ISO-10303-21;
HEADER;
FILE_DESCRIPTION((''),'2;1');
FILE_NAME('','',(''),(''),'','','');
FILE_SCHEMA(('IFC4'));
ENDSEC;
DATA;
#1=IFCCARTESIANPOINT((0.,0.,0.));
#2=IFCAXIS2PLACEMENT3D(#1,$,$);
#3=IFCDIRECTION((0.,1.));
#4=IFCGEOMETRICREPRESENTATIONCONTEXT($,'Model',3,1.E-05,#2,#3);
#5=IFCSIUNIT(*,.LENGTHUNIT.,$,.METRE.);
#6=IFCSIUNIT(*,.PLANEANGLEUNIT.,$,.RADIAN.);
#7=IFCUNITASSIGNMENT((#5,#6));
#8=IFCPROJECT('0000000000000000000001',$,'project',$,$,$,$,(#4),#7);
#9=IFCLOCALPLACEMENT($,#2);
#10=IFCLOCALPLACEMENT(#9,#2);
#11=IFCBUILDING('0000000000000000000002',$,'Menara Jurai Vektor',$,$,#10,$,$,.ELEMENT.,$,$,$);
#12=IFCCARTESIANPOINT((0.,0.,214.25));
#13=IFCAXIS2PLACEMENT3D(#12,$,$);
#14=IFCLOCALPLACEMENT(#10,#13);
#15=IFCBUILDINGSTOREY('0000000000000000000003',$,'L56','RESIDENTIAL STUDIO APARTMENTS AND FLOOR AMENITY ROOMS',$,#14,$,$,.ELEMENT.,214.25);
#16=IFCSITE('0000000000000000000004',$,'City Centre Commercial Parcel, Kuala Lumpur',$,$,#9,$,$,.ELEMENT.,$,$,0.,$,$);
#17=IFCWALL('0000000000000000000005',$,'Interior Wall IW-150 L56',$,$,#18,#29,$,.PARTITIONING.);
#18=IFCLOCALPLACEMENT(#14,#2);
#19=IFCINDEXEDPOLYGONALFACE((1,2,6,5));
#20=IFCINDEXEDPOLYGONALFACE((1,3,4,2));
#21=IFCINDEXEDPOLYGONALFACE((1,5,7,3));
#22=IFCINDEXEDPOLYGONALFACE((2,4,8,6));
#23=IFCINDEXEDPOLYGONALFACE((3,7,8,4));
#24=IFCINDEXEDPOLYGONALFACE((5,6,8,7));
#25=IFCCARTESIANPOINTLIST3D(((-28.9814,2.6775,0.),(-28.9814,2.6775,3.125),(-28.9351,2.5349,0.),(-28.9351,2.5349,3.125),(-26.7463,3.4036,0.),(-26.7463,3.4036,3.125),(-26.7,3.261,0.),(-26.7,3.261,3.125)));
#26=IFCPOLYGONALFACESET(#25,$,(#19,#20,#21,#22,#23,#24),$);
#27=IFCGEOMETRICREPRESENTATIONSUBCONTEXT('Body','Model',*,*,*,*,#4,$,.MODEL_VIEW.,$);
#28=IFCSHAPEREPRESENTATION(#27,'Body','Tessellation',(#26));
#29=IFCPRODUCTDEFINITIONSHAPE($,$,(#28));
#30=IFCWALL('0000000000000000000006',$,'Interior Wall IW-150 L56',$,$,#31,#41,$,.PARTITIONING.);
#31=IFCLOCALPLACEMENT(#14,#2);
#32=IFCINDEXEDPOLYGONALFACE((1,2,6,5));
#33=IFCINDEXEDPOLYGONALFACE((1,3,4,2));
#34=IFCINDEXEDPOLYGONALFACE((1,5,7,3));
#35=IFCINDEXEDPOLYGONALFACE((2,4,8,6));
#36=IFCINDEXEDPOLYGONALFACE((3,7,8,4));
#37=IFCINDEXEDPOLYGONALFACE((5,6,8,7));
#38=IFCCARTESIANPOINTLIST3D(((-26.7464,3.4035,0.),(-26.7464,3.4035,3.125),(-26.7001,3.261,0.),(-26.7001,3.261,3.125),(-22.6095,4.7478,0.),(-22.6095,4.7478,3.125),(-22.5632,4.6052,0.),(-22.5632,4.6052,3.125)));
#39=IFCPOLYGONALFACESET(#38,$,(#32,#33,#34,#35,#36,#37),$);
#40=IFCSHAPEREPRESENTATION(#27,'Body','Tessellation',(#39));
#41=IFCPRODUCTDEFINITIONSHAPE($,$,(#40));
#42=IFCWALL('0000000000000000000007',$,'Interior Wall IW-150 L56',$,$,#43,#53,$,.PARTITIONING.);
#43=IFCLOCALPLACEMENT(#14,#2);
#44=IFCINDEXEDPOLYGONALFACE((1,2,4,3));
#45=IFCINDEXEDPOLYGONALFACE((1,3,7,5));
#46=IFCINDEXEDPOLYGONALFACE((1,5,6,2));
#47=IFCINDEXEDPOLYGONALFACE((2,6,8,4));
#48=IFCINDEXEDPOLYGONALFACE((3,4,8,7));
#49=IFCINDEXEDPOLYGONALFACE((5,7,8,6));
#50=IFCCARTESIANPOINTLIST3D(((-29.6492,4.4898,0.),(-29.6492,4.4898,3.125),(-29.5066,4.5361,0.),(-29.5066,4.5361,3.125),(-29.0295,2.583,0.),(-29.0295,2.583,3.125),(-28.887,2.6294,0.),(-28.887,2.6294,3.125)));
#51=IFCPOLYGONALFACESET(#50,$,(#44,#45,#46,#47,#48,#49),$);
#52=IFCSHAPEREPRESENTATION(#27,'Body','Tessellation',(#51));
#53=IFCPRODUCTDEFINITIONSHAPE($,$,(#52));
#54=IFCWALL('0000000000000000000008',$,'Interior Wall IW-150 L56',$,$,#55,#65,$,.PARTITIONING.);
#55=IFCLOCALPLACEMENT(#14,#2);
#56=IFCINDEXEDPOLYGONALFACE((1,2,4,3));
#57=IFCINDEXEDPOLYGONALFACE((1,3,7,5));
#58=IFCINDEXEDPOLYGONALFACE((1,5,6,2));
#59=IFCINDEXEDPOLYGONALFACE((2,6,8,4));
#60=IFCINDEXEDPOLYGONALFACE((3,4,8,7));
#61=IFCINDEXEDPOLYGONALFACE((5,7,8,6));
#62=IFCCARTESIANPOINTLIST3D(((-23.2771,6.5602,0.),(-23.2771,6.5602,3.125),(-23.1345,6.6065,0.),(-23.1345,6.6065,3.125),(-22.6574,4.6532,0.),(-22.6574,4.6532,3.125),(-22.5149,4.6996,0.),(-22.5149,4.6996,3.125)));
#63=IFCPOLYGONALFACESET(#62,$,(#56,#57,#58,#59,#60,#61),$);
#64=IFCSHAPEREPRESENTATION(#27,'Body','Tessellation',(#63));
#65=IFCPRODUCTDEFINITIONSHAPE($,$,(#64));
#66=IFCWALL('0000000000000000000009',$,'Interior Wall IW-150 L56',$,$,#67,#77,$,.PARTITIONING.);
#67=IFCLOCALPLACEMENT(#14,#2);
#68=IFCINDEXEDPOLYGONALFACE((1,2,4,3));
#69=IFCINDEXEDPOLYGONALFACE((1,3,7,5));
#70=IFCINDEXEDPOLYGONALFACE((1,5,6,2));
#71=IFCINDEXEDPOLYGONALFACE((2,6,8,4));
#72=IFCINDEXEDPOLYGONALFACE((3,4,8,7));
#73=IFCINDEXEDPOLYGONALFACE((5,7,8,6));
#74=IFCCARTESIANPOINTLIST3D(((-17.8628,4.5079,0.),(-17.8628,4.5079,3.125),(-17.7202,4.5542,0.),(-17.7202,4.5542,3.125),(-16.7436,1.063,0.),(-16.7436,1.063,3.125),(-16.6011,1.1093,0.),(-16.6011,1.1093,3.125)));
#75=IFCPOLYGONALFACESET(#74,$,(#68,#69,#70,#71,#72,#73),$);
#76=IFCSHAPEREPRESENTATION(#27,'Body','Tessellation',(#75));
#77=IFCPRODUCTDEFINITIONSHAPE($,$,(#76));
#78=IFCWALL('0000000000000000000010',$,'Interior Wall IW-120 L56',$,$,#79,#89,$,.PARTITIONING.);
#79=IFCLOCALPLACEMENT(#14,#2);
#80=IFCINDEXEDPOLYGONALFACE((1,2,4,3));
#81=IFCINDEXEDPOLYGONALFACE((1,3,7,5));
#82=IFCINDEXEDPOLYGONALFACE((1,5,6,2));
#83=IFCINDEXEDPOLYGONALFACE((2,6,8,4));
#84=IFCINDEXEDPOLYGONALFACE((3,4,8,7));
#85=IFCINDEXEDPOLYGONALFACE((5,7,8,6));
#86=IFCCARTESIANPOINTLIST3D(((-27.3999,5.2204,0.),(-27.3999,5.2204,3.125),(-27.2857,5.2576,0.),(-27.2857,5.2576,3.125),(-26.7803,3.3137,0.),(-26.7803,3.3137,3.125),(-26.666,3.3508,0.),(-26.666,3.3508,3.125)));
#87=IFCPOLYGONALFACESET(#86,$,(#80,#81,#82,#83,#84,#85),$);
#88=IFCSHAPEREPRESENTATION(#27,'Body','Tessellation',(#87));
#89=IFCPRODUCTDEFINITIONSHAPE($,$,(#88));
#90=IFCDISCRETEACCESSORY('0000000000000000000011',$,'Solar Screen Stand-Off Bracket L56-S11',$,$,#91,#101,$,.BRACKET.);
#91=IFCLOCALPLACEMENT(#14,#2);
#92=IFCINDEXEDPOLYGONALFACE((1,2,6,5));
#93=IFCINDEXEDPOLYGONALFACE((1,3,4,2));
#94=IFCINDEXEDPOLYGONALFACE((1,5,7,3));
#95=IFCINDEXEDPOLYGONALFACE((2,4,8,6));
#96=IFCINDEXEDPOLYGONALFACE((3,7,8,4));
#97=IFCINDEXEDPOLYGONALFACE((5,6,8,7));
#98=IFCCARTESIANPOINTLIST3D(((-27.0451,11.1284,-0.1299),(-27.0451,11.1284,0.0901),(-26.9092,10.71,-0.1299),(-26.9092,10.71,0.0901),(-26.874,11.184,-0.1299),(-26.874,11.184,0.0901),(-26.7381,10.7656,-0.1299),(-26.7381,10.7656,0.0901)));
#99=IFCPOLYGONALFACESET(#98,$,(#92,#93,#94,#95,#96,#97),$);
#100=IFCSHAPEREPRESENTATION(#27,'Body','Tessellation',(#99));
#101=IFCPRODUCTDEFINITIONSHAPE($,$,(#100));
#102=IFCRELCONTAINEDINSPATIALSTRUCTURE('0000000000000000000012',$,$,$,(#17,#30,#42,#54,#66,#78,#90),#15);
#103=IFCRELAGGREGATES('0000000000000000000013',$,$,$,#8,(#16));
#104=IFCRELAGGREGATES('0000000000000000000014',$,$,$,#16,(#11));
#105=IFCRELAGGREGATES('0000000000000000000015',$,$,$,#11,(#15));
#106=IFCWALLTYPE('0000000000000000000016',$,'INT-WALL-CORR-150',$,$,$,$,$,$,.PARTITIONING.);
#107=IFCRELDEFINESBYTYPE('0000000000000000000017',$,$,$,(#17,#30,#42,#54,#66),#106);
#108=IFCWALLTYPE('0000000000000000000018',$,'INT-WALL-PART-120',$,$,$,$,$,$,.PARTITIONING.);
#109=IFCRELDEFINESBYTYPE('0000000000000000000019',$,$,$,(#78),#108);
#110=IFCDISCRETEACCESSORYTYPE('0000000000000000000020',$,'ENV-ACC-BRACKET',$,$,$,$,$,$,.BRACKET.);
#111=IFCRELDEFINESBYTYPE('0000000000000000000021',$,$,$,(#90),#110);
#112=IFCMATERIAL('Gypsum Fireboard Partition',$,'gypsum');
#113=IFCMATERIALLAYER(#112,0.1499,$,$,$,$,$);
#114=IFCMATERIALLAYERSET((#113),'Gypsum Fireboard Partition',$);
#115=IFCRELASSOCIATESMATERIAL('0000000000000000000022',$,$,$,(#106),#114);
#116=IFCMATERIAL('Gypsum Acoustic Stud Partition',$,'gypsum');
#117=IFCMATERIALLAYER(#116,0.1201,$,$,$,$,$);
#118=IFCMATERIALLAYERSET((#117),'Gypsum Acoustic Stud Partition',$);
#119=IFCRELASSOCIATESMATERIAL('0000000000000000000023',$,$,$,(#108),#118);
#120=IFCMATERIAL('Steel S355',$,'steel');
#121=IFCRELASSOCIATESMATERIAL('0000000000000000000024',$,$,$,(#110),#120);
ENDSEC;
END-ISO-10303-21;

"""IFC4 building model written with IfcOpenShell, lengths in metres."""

from ifc_helpers import new_model, si_unit, direction, frame, frame_2d, origin, origin_2d, place, context, subcontext, project, spatial, rectangle, extrude, material, layer, layer_set, type_object, element, save


model = new_model("IFC4")

# Units and contexts
model_context = context("Model", 3, precision=1e-05, world=origin(), true_north=direction((0.0, 1.0)))
body_context = subcontext(model_context, "Body", "Model", "MODEL_VIEW")
ifc_project = project(units=[si_unit("LENGTHUNIT", "METRE"), si_unit("PLANEANGLEUNIT", "RADIAN")], contexts=[model_context])

# Site, building, storey
site_placement = place(None, origin())
site = spatial("IfcSite", under=ifc_project, at=site_placement, Name="City Centre Commercial Parcel, Kuala Lumpur", CompositionType="ELEMENT", RefElevation=0.0)
building_placement = place(site_placement, origin())
building = spatial("IfcBuilding", under=site, at=building_placement, Name="Menara Jurai Vektor", CompositionType="ELEMENT")
storey_placement = place(building_placement, frame((0.0, 0.0, 214.25)))
storey = spatial("IfcBuildingStorey", under=building, at=storey_placement, Name="L56", Description="RESIDENTIAL STUDIO APARTMENTS AND FLOOR AMENITY ROOMS", CompositionType="ELEMENT", Elevation=214.25)

# Shared definitions
ifc_material_1 = material(Name="Steel S355", Category="steel")

# Shared definitions
ifc_material_2 = material(Name="Gypsum Fireboard Partition", Category="gypsum")
ifc_layer_1 = layer(ifc_material_2, 0.1499)
ifc_layer_set_1 = layer_set([ifc_layer_1], Name="Gypsum Fireboard Partition")
wall_type_1 = type_object("IfcWallType", Name="INT-WALL-CORR-150", PredefinedType="PARTITIONING", material=ifc_layer_set_1)

# Walls
wall_1_placement = place(storey_placement, frame((-28.9583, 2.6062, 0.0), z_axis=(0.0, 0.0, 1.0), x_axis=(0.951076, 0.308957, 0.0)))
element("IfcWall", 1, at=wall_1_placement, inside=storey, type_object=wall_type_1, Name="Interior Wall IW-150 L56", PredefinedType="PARTITIONING", context=body_context, shape_type="SweptSolid", body=[
    extrude(rectangle(XDim=2.3501, YDim=0.1499, at=frame_2d((1.175, 0.0))), origin(), (0.0, 0.0, 1.0), 3.125),
])
wall_2_placement = place(storey_placement, frame((-26.7231, 3.3323, 0.0), z_axis=(0.0, 0.0, 1.0), x_axis=(0.951053, 0.309029, 0.0)))
element("IfcWall", 2, at=wall_2_placement, inside=storey, type_object=wall_type_1, Name="Interior Wall IW-150 L56", PredefinedType="PARTITIONING", context=body_context, shape_type="SweptSolid", body=[
    extrude(rectangle(XDim=4.3499, YDim=0.1499, at=frame_2d((2.1748, 0.0))), origin(), (0.0, 0.0, 1.0), 3.125),
])

# Wall
wall_3_placement = place(storey_placement, frame((-28.9583, 2.6062, 0.0), z_axis=(0.0, 0.0, 1.0), x_axis=(-0.309059, 0.951043, 0.0)))
element("IfcWall", 3, at=wall_3_placement, inside=storey, type_object=wall_type_1, Name="Interior Wall IW-150 L56", PredefinedType="PARTITIONING", context=body_context, shape_type="SweptSolid", body=[
    extrude(rectangle(XDim=2.0049, YDim=0.1499, at=frame_2d((1.0024, 0.0))), origin(), (0.0, 0.0, 1.0), 3.125),
])

# Walls
wall_4_placement = place(storey_placement, frame((-22.5862, 4.6765, 0.0), z_axis=(0.0, 0.0, 1.0), x_axis=(-0.309023, 0.951055, 0.0)))
element("IfcWall", 4, at=wall_4_placement, inside=storey, type_object=wall_type_1, Name="Interior Wall IW-150 L56", PredefinedType="PARTITIONING", context=body_context, shape_type="SweptSolid", body=[
    extrude(rectangle(XDim=2.0051, YDim=0.1499, at=frame_2d((1.0024, 0.0))), origin(), (0.0, 0.0, 1.0), 3.125),
])
wall_5_placement = place(storey_placement, frame((-16.6724, 1.0862, 0.0), z_axis=(0.0, 0.0, 1.0), x_axis=(-0.308979, 0.951069, 0.0)))
element("IfcWall", 5, at=wall_5_placement, inside=storey, type_object=wall_type_1, Name="Interior Wall IW-150 L56", PredefinedType="PARTITIONING", context=body_context, shape_type="SweptSolid", body=[
    extrude(rectangle(XDim=3.6221, YDim=0.1499, at=frame_2d((1.811, 0.0))), origin(), (0.0, 0.0, 1.0), 3.125),
])
ifc_material_3 = material(Name="Gypsum Acoustic Stud Partition", Category="gypsum")
ifc_layer_2 = layer(ifc_material_3, 0.1201)
ifc_layer_set_2 = layer_set([ifc_layer_2], Name="Gypsum Acoustic Stud Partition")
wall_type_2 = type_object("IfcWallType", Name="INT-WALL-PART-120", PredefinedType="PARTITIONING", material=ifc_layer_set_2)
wall_6_placement = place(storey_placement, frame((-26.7231, 3.3323, 0.0), z_axis=(0.0, 0.0, 1.0), x_axis=(-0.309059, 0.951043, 0.0)))
element("IfcWall", 6, at=wall_6_placement, inside=storey, type_object=wall_type_2, Name="Interior Wall IW-120 L56", PredefinedType="PARTITIONING", context=body_context, shape_type="SweptSolid", body=[
    extrude(rectangle(XDim=2.0049, YDim=0.1201, at=frame_2d((1.0024, 0.0))), origin(), (0.0, 0.0, 1.0), 3.125),
])

# Discrete accessory
discrete_accessory_type = type_object("IfcDiscreteAccessoryType", Name="ENV-ACC-BRACKET", PredefinedType="BRACKET", material=ifc_material_1)
discrete_accessory_placement = place(storey_placement, frame((-26.8916, 10.947, -0.1299), z_axis=(0.0, 0.0, 1.0), x_axis=(-0.951057, -0.309017, 0.0)))
element("IfcDiscreteAccessory", 7, at=discrete_accessory_placement, inside=storey, type_object=discrete_accessory_type, Name="Solar Screen Stand-Off Bracket L56-S11", PredefinedType="BRACKET", context=body_context, shape_type="SweptSolid", body=[
    extrude(rectangle(XDim=0.1799, YDim=0.4399, at=origin_2d()), origin(), (0.0, 0.0, 1.0), 0.22),
])

save(model, "model.ifc")
